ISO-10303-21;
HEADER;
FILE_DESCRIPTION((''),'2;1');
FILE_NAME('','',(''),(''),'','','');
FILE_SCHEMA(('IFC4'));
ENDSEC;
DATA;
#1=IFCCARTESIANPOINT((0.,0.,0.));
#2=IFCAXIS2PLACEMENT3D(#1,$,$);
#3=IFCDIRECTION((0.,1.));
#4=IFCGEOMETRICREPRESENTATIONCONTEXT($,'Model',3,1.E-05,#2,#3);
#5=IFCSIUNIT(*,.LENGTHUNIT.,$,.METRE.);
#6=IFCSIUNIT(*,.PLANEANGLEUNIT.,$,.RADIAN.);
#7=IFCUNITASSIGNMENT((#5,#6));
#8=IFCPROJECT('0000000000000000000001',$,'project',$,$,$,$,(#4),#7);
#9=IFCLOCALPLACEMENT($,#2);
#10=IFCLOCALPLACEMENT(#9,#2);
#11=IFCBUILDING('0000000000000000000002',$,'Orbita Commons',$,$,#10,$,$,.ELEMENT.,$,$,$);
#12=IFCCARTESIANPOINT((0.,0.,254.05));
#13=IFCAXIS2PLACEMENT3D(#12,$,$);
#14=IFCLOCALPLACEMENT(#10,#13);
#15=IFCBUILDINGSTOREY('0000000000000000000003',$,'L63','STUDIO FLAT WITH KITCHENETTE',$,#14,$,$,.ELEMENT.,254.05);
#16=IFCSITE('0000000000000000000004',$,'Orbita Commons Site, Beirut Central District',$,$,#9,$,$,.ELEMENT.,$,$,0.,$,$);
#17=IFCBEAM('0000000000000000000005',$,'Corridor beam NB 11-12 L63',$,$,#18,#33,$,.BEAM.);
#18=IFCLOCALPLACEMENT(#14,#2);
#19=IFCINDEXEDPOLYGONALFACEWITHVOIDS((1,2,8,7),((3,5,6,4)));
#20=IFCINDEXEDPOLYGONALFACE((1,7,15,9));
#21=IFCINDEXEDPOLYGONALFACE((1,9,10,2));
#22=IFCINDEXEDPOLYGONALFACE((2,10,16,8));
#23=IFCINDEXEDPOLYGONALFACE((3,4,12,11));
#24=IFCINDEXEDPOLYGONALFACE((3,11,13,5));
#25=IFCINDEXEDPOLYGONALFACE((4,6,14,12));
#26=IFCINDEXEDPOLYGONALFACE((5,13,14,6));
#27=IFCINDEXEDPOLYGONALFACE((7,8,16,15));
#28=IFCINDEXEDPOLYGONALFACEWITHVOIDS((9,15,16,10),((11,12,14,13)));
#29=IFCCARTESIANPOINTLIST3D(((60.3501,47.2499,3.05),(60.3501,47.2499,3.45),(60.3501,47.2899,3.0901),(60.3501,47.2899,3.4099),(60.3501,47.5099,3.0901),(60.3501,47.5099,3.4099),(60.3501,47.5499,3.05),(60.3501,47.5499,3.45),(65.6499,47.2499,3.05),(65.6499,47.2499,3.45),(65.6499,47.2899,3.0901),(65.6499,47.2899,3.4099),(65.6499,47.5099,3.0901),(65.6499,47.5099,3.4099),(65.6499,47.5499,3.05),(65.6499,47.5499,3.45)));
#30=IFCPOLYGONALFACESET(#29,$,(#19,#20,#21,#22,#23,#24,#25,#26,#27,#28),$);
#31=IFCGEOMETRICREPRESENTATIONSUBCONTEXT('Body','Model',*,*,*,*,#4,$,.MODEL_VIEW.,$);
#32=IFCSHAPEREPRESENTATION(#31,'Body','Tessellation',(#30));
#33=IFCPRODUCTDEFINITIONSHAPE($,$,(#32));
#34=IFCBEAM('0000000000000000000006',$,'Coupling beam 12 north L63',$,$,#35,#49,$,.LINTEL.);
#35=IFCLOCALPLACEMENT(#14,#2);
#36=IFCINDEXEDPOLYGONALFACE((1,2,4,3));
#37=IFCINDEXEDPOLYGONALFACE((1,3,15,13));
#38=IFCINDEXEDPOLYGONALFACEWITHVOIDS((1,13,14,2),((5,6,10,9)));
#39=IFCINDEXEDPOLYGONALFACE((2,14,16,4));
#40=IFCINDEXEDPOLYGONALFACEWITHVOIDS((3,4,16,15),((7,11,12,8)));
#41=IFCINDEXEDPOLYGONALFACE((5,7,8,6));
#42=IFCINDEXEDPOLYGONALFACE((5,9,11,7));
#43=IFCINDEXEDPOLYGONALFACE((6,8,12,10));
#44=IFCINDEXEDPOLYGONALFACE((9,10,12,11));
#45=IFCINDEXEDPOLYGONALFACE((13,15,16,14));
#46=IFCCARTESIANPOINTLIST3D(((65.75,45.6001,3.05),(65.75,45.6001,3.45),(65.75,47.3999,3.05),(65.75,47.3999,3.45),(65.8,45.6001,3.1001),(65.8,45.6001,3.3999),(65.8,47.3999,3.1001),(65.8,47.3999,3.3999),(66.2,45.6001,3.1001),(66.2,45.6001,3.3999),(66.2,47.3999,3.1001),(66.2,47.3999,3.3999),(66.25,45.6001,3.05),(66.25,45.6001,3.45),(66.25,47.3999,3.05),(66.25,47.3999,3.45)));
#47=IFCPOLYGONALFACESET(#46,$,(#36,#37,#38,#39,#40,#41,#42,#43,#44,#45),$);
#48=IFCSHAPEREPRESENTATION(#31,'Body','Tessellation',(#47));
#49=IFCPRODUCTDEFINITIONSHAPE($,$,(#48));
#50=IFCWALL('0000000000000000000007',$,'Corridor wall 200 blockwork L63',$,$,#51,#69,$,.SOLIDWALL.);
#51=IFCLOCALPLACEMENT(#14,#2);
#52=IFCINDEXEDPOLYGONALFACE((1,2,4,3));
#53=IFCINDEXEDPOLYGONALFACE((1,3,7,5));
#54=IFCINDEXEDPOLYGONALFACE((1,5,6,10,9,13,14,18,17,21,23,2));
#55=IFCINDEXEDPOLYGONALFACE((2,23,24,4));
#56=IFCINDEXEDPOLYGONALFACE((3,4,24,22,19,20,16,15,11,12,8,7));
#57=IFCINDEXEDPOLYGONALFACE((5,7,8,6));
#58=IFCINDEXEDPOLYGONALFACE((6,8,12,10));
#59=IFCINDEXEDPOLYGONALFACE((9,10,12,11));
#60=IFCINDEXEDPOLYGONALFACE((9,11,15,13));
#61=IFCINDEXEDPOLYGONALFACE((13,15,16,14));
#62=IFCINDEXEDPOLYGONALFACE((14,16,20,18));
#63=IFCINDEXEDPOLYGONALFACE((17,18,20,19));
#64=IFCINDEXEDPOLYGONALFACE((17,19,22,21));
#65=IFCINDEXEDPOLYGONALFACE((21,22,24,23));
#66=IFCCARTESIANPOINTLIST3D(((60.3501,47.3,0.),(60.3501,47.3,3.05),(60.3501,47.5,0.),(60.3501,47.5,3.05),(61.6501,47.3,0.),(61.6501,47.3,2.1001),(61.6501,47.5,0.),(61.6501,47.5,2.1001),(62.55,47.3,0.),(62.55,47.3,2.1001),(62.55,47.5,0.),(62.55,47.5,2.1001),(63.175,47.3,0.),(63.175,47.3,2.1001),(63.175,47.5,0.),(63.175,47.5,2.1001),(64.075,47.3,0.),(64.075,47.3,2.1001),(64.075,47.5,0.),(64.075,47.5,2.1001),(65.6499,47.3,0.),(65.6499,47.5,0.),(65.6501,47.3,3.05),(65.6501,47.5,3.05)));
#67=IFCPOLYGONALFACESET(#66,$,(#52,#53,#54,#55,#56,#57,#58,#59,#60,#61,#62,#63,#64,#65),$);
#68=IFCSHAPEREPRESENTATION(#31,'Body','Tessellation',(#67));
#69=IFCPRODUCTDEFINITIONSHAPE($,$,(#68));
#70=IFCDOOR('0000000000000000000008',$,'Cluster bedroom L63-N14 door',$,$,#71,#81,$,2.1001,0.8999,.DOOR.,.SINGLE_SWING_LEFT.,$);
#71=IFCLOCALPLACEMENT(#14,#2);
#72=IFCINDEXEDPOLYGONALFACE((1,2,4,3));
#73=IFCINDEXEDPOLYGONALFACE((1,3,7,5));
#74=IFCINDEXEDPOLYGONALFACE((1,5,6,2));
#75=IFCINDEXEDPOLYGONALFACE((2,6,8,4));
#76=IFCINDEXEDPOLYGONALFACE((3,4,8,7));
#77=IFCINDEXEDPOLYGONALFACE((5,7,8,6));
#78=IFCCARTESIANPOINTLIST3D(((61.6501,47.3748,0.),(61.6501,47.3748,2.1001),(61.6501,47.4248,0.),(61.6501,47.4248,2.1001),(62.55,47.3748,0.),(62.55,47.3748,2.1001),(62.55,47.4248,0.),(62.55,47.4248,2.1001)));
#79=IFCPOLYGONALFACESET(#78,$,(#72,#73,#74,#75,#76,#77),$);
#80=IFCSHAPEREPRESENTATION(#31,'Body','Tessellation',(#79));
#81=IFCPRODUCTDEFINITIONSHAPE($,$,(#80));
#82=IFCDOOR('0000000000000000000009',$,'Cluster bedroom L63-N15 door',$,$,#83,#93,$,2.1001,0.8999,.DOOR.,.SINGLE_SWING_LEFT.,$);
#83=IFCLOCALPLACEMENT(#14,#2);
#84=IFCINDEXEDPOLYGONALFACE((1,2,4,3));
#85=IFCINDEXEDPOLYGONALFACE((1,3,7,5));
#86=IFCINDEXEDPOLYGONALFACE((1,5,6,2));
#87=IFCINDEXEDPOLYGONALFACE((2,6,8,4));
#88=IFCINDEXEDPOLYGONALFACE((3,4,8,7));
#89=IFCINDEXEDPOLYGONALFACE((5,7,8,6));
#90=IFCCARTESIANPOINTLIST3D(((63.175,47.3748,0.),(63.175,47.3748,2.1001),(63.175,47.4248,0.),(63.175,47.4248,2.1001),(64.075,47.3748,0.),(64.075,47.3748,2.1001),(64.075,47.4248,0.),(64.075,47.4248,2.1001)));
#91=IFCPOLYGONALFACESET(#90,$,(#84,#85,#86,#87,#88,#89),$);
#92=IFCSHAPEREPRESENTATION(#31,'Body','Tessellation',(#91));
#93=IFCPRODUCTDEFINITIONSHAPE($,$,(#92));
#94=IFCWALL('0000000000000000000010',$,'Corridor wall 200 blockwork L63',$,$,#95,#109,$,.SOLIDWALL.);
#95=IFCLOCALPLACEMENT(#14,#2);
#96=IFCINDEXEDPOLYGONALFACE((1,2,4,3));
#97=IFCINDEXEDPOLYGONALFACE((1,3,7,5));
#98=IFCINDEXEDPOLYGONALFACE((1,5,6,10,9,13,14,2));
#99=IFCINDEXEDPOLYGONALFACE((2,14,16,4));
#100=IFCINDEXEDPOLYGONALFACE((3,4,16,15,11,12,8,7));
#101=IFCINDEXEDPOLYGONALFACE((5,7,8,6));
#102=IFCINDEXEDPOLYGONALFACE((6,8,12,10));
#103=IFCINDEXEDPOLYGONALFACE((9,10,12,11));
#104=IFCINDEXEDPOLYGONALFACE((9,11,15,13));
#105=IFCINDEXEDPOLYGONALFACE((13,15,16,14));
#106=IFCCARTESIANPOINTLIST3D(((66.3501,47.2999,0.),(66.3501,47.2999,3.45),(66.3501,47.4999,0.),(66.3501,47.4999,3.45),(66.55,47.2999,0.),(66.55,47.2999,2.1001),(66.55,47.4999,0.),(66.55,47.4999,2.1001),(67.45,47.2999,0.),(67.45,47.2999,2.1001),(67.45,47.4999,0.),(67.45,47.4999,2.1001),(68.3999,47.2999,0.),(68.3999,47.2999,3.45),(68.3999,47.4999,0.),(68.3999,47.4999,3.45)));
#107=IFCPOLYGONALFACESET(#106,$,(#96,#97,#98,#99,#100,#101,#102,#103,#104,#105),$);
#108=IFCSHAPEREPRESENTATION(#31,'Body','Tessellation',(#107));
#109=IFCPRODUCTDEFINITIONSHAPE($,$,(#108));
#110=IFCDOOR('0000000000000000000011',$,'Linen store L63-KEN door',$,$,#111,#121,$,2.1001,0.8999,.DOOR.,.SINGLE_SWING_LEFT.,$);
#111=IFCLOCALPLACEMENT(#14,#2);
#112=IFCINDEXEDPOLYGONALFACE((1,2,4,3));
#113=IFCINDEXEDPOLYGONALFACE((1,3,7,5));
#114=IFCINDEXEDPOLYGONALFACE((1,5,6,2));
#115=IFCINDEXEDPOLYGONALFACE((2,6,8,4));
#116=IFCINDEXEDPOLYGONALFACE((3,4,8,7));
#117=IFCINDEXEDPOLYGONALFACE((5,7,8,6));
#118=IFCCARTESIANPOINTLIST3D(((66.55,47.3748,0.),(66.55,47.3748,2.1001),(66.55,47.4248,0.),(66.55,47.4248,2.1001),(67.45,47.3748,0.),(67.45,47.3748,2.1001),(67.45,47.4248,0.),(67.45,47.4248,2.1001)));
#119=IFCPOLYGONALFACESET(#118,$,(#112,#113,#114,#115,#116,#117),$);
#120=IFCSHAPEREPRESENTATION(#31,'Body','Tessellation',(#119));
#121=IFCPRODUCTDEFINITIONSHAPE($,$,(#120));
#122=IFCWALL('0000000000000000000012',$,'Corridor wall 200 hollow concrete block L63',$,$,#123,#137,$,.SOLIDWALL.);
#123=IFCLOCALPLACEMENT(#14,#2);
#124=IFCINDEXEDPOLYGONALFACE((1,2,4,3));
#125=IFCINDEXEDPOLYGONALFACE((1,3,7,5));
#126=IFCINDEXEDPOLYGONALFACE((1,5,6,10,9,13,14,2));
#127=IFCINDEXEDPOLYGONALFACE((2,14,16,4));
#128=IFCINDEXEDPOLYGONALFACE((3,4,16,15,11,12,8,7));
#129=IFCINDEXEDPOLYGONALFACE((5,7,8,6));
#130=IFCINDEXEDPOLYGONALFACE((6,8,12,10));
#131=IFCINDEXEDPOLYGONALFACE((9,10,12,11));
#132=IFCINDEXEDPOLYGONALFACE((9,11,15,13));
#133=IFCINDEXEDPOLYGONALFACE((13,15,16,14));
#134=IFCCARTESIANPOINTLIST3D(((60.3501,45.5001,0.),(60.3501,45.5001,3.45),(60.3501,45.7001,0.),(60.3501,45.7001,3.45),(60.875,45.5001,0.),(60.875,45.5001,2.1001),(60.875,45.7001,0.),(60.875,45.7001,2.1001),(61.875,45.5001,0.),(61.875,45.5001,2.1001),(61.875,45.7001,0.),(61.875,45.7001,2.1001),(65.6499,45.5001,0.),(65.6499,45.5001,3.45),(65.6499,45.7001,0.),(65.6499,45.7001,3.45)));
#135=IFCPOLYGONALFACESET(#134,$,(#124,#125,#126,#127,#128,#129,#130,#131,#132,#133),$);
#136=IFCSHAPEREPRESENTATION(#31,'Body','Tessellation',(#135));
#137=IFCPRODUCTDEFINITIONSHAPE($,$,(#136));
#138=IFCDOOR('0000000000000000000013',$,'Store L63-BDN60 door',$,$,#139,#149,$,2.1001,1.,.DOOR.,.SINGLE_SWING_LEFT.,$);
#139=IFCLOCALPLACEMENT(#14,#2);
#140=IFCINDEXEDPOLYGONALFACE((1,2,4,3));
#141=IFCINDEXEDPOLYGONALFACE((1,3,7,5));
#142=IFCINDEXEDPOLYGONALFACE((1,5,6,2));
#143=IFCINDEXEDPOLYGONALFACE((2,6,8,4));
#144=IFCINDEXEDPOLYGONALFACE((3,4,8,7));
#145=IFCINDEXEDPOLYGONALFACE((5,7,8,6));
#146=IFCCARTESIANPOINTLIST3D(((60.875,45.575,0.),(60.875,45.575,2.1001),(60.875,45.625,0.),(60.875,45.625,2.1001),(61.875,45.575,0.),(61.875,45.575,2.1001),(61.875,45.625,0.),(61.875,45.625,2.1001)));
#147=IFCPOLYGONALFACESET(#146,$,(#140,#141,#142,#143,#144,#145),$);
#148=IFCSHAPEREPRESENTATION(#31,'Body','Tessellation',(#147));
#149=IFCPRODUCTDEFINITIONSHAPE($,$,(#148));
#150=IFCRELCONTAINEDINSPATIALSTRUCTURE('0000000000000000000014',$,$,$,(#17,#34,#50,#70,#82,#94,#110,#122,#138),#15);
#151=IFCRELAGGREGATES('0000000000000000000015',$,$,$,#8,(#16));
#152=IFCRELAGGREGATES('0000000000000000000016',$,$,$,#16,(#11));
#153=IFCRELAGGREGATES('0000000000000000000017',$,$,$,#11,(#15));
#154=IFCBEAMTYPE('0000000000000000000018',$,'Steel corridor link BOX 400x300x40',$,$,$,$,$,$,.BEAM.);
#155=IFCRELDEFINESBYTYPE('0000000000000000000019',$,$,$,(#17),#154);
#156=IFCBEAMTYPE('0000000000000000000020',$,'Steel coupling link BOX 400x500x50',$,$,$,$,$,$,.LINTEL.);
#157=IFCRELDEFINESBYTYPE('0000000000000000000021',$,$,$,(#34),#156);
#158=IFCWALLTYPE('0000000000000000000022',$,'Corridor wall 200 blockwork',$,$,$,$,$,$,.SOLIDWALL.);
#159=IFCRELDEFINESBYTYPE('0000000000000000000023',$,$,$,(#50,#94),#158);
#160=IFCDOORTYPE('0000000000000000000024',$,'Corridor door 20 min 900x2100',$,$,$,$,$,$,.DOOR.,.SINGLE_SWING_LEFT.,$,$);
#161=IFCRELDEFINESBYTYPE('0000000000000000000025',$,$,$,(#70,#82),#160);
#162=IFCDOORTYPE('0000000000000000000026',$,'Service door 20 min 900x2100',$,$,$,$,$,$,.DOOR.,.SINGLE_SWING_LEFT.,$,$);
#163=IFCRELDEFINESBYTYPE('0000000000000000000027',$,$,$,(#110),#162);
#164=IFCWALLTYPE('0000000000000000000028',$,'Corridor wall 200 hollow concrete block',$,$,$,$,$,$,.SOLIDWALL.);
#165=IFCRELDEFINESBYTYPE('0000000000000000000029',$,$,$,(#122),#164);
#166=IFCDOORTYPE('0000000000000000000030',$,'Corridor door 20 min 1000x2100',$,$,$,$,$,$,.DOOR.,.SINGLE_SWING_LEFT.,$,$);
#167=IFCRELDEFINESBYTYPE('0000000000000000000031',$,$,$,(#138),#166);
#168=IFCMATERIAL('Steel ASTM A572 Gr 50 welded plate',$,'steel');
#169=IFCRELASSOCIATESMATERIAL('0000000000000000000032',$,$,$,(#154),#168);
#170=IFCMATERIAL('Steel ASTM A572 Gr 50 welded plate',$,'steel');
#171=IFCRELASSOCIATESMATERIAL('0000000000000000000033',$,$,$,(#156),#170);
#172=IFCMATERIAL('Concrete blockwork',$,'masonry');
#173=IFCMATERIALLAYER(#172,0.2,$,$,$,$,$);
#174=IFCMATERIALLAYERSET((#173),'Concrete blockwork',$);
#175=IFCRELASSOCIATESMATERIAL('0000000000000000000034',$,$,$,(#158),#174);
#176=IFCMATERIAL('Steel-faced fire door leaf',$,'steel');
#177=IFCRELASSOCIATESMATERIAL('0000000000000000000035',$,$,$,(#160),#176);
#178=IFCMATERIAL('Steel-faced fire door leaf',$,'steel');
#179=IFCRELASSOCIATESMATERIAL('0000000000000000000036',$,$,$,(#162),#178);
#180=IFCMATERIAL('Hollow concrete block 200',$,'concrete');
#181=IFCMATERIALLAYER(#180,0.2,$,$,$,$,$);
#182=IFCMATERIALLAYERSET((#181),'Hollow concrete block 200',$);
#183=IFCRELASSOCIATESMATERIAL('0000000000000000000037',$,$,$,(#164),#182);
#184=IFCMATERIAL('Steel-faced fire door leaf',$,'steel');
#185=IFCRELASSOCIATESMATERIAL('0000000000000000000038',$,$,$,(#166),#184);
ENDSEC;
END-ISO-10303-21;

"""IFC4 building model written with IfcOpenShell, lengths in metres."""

from ifc_helpers import new_model, si_unit, direction, frame, frame_2d, origin, origin_2d, place, context, subcontext, project, spatial, polyline, rectangle, hollow_rectangle, outline, extrude, material, layer, layer_set, material_profile, profile_set, type_object, element, fill, save


model = new_model("IFC4")

# Units and contexts
model_context = context("Model", 3, precision=1e-05, world=origin(), true_north=direction((0.0, 1.0)))
body_context = subcontext(model_context, "Body", "Model", "MODEL_VIEW")
ifc_project = project(units=[si_unit("LENGTHUNIT", "METRE"), si_unit("PLANEANGLEUNIT", "RADIAN")], contexts=[model_context])

# Site, building, storey
site_placement = place(None, origin())
site = spatial("IfcSite", under=ifc_project, at=site_placement, Name="Orbita Commons Site, Beirut Central District", CompositionType="ELEMENT", RefElevation=0.0)
building_placement = place(site_placement, origin())
building = spatial("IfcBuilding", under=site, at=building_placement, Name="Orbita Commons", CompositionType="ELEMENT")
storey_placement = place(building_placement, frame((0.0, 0.0, 254.05)))
storey = spatial("IfcBuildingStorey", under=building, at=storey_placement, Name="L63", Description="STUDIO FLAT WITH KITCHENETTE", CompositionType="ELEMENT", Elevation=254.05)

# Beams
ifc_material_1 = material(Name="Steel ASTM A572 Gr 50 welded plate", Category="steel")
ifc_material_profile_1 = material_profile(ifc_material_1, hollow_rectangle(XDim=0.3, YDim=0.3999, WallThickness=0.04, at=origin_2d()), Name="BOX 400x300x40")
ifc_profile_set_1 = profile_set([ifc_material_profile_1], Name="Steel ASTM A572 Gr 50 welded plate")
beam_type_1 = type_object("IfcBeamType", Name="Steel corridor link BOX 400x300x40", PredefinedType="BEAM", material=ifc_profile_set_1)
beam_1_placement = place(storey_placement, frame((60.3501, 47.3999, 3.25), z_axis=(1.0, 0.0, 0.0), x_axis=(0.0, 1.0, 0.0)))
element("IfcBeam", 1, at=beam_1_placement, inside=storey, type_object=beam_type_1, Name="Corridor beam NB 11-12 L63", PredefinedType="BEAM", context=body_context, shape_type="SweptSolid", body=[
    extrude(hollow_rectangle(XDim=0.3, YDim=0.3999, WallThickness=0.04, at=origin_2d()), origin(), (0.0, 0.0, 1.0), 5.2998),
])
ifc_material_2 = material(Name="Steel ASTM A572 Gr 50 welded plate", Category="steel")
ifc_material_profile_2 = material_profile(ifc_material_2, hollow_rectangle(XDim=0.5, YDim=0.3999, WallThickness=0.05, at=origin_2d()), Name="BOX 400x500x50")
ifc_profile_set_2 = profile_set([ifc_material_profile_2], Name="Steel ASTM A572 Gr 50 welded plate")
beam_type_2 = type_object("IfcBeamType", Name="Steel coupling link BOX 400x500x50", PredefinedType="LINTEL", material=ifc_profile_set_2)
beam_2_placement = place(storey_placement, frame((66.0, 45.6001, 3.25), z_axis=(0.0, 1.0, 0.0), x_axis=(-1.0, 0.0, 0.0)))
element("IfcBeam", 2, at=beam_2_placement, inside=storey, type_object=beam_type_2, Name="Coupling beam 12 north L63", PredefinedType="LINTEL", context=body_context, shape_type="SweptSolid", body=[
    extrude(hollow_rectangle(XDim=0.5, YDim=0.3999, WallThickness=0.05, at=origin_2d()), origin(), (0.0, 0.0, 1.0), 1.7998),
])

# Wall, openings, doors
ifc_material_3 = material(Name="Concrete blockwork", Category="masonry")
ifc_layer_1 = layer(ifc_material_3, 0.2)
ifc_layer_set_1 = layer_set([ifc_layer_1], Name="Concrete blockwork")
wall_type_1 = type_object("IfcWallType", Name="Corridor wall 200 blockwork", PredefinedType="SOLIDWALL", material=ifc_layer_set_1)
wall_1_placement = place(storey_placement, frame((60.3501, 47.3999, 0.0), z_axis=(0.0, 0.0, 1.0), x_axis=(1.0, 0.0, 0.0)))
wall_1 = element("IfcWall", 3, at=wall_1_placement, inside=storey, type_object=wall_type_1, Name="Corridor wall 200 blockwork L63", PredefinedType="SOLIDWALL", context=body_context, shape_type="SweptSolid", body=[
    extrude(outline(polyline([(0.0, 0.0), (5.2998, 0.0), (5.3, 3.05), (0.0, 3.05), (0.0, 0.0)])), frame((0.0, 0.1001, 0.0), z_axis=(0.0, -1.0, 0.0), x_axis=(1.0, 0.0, 0.0)), (0.0, 0.0, 1.0), 0.2),
])
opening_1_placement = place(wall_1_placement, frame((1.3, 0.0, 0.0)))
opening_1 = element("IfcOpeningElement", 4, at=opening_1_placement, cuts=wall_1, PredefinedType="OPENING", context=body_context, shape_type="SweptSolid", body=[
    extrude(rectangle(XDim=0.8999, YDim=2.1001, at=frame_2d((0.45, 1.05))), frame((0.0, 0.1099, 0.0), z_axis=(0.0, -1.0, 0.0), x_axis=(1.0, 0.0, 0.0)), (0.0, 0.0, 1.0), 0.22),
])
opening_2_placement = place(wall_1_placement, frame((2.825, 0.0, 0.0)))
opening_2 = element("IfcOpeningElement", 5, at=opening_2_placement, cuts=wall_1, PredefinedType="OPENING", context=body_context, shape_type="SweptSolid", body=[
    extrude(rectangle(XDim=0.8999, YDim=2.1001, at=frame_2d((0.45, 1.05))), frame((0.0, 0.1099, 0.0), z_axis=(0.0, -1.0, 0.0), x_axis=(1.0, 0.0, 0.0)), (0.0, 0.0, 1.0), 0.22),
])
ifc_material_4 = material(Name="Steel-faced fire door leaf", Category="steel")
door_type_1 = type_object("IfcDoorType", Name="Corridor door 20 min 900x2100", OperationType="SINGLE_SWING_LEFT", PredefinedType="DOOR", material=ifc_material_4)
door_1_placement = place(opening_1_placement, origin())
door_1 = element("IfcDoor", 6, at=door_1_placement, inside=storey, type_object=door_type_1, Name="Cluster bedroom L63-N14 door", OperationType="SINGLE_SWING_LEFT", OverallHeight=2.1001, OverallWidth=0.8999, PredefinedType="DOOR", context=body_context, shape_type="SweptSolid", body=[
    extrude(rectangle(XDim=0.8999, YDim=2.1001, at=frame_2d((0.45, 1.05))), frame((0.0, 0.0249, 0.0), z_axis=(0.0, -1.0, 0.0), x_axis=(1.0, 0.0, 0.0)), (0.0, 0.0, 1.0), 0.05),
])
fill(opening_1, door_1)
door_2_placement = place(opening_2_placement, origin())
door_2 = element("IfcDoor", 7, at=door_2_placement, inside=storey, type_object=door_type_1, Name="Cluster bedroom L63-N15 door", OperationType="SINGLE_SWING_LEFT", OverallHeight=2.1001, OverallWidth=0.8999, PredefinedType="DOOR", context=body_context, shape_type="SweptSolid", body=[
    extrude(rectangle(XDim=0.8999, YDim=2.1001, at=frame_2d((0.45, 1.05))), frame((0.0, 0.0249, 0.0), z_axis=(0.0, -1.0, 0.0), x_axis=(1.0, 0.0, 0.0)), (0.0, 0.0, 1.0), 0.05),
])
fill(opening_2, door_2)

# Walls, openings, doors
wall_2_placement = place(storey_placement, frame((66.3501, 47.3999, 0.0), z_axis=(0.0, 0.0, 1.0), x_axis=(1.0, 0.0, 0.0)))
wall_2 = element("IfcWall", 8, at=wall_2_placement, inside=storey, type_object=wall_type_1, Name="Corridor wall 200 blockwork L63", PredefinedType="SOLIDWALL", context=body_context, shape_type="SweptSolid", body=[
    extrude(rectangle(XDim=2.0498, YDim=0.2, at=frame_2d((1.0249, 0.0))), origin(), (0.0, 0.0, 1.0), 3.45),
])
opening_3_placement = place(wall_2_placement, frame((0.2, 0.0, 0.0)))
opening_3 = element("IfcOpeningElement", 9, at=opening_3_placement, cuts=wall_2, PredefinedType="OPENING", context=body_context, shape_type="SweptSolid", body=[
    extrude(rectangle(XDim=0.8999, YDim=2.1001, at=frame_2d((0.45, 1.05))), frame((0.0, 0.1099, 0.0), z_axis=(0.0, -1.0, 0.0), x_axis=(1.0, 0.0, 0.0)), (0.0, 0.0, 1.0), 0.22),
])
ifc_material_5 = material(Name="Steel-faced fire door leaf", Category="steel")
door_type_2 = type_object("IfcDoorType", Name="Service door 20 min 900x2100", OperationType="SINGLE_SWING_LEFT", PredefinedType="DOOR", material=ifc_material_5)
door_3_placement = place(opening_3_placement, origin())
door_3 = element("IfcDoor", 10, at=door_3_placement, inside=storey, type_object=door_type_2, Name="Linen store L63-KEN door", OperationType="SINGLE_SWING_LEFT", OverallHeight=2.1001, OverallWidth=0.8999, PredefinedType="DOOR", context=body_context, shape_type="SweptSolid", body=[
    extrude(rectangle(XDim=0.8999, YDim=2.1001, at=frame_2d((0.45, 1.05))), frame((0.0, 0.0249, 0.0), z_axis=(0.0, -1.0, 0.0), x_axis=(1.0, 0.0, 0.0)), (0.0, 0.0, 1.0), 0.05),
])
fill(opening_3, door_3)
ifc_material_6 = material(Name="Hollow concrete block 200", Category="concrete")
ifc_layer_2 = layer(ifc_material_6, 0.2)
ifc_layer_set_2 = layer_set([ifc_layer_2], Name="Hollow concrete block 200")
wall_type_2 = type_object("IfcWallType", Name="Corridor wall 200 hollow concrete block", PredefinedType="SOLIDWALL", material=ifc_layer_set_2)
wall_3_placement = place(storey_placement, frame((60.3501, 45.6001, 0.0), z_axis=(0.0, 0.0, 1.0), x_axis=(1.0, 0.0, 0.0)))
wall_3 = element("IfcWall", 11, at=wall_3_placement, inside=storey, type_object=wall_type_2, Name="Corridor wall 200 hollow concrete block L63", PredefinedType="SOLIDWALL", context=body_context, shape_type="SweptSolid", body=[
    extrude(rectangle(XDim=5.2998, YDim=0.2, at=frame_2d((2.6499, 0.0))), origin(), (0.0, 0.0, 1.0), 3.45),
])
opening_4_placement = place(wall_3_placement, frame((0.5249, 0.0, 0.0)))
opening_4 = element("IfcOpeningElement", 12, at=opening_4_placement, cuts=wall_3, PredefinedType="OPENING", context=body_context, shape_type="SweptSolid", body=[
    extrude(rectangle(XDim=1.0, YDim=2.1001, at=frame_2d((0.5, 1.05))), frame((0.0, 0.1099, 0.0), z_axis=(0.0, -1.0, 0.0), x_axis=(1.0, 0.0, 0.0)), (0.0, 0.0, 1.0), 0.22),
])
ifc_material_7 = material(Name="Steel-faced fire door leaf", Category="steel")
door_type_3 = type_object("IfcDoorType", Name="Corridor door 20 min 1000x2100", OperationType="SINGLE_SWING_LEFT", PredefinedType="DOOR", material=ifc_material_7)
door_4_placement = place(opening_4_placement, origin())
door_4 = element("IfcDoor", 13, at=door_4_placement, inside=storey, type_object=door_type_3, Name="Store L63-BDN60 door", OperationType="SINGLE_SWING_LEFT", OverallHeight=2.1001, OverallWidth=1.0, PredefinedType="DOOR", context=body_context, shape_type="SweptSolid", body=[
    extrude(rectangle(XDim=1.0, YDim=2.1001, at=frame_2d((0.5, 1.05))), frame((0.0, 0.0249, 0.0), z_axis=(0.0, -1.0, 0.0), x_axis=(1.0, 0.0, 0.0)), (0.0, 0.0, 1.0), 0.05),
])
fill(opening_4, door_4)

save(model, "model.ifc")
